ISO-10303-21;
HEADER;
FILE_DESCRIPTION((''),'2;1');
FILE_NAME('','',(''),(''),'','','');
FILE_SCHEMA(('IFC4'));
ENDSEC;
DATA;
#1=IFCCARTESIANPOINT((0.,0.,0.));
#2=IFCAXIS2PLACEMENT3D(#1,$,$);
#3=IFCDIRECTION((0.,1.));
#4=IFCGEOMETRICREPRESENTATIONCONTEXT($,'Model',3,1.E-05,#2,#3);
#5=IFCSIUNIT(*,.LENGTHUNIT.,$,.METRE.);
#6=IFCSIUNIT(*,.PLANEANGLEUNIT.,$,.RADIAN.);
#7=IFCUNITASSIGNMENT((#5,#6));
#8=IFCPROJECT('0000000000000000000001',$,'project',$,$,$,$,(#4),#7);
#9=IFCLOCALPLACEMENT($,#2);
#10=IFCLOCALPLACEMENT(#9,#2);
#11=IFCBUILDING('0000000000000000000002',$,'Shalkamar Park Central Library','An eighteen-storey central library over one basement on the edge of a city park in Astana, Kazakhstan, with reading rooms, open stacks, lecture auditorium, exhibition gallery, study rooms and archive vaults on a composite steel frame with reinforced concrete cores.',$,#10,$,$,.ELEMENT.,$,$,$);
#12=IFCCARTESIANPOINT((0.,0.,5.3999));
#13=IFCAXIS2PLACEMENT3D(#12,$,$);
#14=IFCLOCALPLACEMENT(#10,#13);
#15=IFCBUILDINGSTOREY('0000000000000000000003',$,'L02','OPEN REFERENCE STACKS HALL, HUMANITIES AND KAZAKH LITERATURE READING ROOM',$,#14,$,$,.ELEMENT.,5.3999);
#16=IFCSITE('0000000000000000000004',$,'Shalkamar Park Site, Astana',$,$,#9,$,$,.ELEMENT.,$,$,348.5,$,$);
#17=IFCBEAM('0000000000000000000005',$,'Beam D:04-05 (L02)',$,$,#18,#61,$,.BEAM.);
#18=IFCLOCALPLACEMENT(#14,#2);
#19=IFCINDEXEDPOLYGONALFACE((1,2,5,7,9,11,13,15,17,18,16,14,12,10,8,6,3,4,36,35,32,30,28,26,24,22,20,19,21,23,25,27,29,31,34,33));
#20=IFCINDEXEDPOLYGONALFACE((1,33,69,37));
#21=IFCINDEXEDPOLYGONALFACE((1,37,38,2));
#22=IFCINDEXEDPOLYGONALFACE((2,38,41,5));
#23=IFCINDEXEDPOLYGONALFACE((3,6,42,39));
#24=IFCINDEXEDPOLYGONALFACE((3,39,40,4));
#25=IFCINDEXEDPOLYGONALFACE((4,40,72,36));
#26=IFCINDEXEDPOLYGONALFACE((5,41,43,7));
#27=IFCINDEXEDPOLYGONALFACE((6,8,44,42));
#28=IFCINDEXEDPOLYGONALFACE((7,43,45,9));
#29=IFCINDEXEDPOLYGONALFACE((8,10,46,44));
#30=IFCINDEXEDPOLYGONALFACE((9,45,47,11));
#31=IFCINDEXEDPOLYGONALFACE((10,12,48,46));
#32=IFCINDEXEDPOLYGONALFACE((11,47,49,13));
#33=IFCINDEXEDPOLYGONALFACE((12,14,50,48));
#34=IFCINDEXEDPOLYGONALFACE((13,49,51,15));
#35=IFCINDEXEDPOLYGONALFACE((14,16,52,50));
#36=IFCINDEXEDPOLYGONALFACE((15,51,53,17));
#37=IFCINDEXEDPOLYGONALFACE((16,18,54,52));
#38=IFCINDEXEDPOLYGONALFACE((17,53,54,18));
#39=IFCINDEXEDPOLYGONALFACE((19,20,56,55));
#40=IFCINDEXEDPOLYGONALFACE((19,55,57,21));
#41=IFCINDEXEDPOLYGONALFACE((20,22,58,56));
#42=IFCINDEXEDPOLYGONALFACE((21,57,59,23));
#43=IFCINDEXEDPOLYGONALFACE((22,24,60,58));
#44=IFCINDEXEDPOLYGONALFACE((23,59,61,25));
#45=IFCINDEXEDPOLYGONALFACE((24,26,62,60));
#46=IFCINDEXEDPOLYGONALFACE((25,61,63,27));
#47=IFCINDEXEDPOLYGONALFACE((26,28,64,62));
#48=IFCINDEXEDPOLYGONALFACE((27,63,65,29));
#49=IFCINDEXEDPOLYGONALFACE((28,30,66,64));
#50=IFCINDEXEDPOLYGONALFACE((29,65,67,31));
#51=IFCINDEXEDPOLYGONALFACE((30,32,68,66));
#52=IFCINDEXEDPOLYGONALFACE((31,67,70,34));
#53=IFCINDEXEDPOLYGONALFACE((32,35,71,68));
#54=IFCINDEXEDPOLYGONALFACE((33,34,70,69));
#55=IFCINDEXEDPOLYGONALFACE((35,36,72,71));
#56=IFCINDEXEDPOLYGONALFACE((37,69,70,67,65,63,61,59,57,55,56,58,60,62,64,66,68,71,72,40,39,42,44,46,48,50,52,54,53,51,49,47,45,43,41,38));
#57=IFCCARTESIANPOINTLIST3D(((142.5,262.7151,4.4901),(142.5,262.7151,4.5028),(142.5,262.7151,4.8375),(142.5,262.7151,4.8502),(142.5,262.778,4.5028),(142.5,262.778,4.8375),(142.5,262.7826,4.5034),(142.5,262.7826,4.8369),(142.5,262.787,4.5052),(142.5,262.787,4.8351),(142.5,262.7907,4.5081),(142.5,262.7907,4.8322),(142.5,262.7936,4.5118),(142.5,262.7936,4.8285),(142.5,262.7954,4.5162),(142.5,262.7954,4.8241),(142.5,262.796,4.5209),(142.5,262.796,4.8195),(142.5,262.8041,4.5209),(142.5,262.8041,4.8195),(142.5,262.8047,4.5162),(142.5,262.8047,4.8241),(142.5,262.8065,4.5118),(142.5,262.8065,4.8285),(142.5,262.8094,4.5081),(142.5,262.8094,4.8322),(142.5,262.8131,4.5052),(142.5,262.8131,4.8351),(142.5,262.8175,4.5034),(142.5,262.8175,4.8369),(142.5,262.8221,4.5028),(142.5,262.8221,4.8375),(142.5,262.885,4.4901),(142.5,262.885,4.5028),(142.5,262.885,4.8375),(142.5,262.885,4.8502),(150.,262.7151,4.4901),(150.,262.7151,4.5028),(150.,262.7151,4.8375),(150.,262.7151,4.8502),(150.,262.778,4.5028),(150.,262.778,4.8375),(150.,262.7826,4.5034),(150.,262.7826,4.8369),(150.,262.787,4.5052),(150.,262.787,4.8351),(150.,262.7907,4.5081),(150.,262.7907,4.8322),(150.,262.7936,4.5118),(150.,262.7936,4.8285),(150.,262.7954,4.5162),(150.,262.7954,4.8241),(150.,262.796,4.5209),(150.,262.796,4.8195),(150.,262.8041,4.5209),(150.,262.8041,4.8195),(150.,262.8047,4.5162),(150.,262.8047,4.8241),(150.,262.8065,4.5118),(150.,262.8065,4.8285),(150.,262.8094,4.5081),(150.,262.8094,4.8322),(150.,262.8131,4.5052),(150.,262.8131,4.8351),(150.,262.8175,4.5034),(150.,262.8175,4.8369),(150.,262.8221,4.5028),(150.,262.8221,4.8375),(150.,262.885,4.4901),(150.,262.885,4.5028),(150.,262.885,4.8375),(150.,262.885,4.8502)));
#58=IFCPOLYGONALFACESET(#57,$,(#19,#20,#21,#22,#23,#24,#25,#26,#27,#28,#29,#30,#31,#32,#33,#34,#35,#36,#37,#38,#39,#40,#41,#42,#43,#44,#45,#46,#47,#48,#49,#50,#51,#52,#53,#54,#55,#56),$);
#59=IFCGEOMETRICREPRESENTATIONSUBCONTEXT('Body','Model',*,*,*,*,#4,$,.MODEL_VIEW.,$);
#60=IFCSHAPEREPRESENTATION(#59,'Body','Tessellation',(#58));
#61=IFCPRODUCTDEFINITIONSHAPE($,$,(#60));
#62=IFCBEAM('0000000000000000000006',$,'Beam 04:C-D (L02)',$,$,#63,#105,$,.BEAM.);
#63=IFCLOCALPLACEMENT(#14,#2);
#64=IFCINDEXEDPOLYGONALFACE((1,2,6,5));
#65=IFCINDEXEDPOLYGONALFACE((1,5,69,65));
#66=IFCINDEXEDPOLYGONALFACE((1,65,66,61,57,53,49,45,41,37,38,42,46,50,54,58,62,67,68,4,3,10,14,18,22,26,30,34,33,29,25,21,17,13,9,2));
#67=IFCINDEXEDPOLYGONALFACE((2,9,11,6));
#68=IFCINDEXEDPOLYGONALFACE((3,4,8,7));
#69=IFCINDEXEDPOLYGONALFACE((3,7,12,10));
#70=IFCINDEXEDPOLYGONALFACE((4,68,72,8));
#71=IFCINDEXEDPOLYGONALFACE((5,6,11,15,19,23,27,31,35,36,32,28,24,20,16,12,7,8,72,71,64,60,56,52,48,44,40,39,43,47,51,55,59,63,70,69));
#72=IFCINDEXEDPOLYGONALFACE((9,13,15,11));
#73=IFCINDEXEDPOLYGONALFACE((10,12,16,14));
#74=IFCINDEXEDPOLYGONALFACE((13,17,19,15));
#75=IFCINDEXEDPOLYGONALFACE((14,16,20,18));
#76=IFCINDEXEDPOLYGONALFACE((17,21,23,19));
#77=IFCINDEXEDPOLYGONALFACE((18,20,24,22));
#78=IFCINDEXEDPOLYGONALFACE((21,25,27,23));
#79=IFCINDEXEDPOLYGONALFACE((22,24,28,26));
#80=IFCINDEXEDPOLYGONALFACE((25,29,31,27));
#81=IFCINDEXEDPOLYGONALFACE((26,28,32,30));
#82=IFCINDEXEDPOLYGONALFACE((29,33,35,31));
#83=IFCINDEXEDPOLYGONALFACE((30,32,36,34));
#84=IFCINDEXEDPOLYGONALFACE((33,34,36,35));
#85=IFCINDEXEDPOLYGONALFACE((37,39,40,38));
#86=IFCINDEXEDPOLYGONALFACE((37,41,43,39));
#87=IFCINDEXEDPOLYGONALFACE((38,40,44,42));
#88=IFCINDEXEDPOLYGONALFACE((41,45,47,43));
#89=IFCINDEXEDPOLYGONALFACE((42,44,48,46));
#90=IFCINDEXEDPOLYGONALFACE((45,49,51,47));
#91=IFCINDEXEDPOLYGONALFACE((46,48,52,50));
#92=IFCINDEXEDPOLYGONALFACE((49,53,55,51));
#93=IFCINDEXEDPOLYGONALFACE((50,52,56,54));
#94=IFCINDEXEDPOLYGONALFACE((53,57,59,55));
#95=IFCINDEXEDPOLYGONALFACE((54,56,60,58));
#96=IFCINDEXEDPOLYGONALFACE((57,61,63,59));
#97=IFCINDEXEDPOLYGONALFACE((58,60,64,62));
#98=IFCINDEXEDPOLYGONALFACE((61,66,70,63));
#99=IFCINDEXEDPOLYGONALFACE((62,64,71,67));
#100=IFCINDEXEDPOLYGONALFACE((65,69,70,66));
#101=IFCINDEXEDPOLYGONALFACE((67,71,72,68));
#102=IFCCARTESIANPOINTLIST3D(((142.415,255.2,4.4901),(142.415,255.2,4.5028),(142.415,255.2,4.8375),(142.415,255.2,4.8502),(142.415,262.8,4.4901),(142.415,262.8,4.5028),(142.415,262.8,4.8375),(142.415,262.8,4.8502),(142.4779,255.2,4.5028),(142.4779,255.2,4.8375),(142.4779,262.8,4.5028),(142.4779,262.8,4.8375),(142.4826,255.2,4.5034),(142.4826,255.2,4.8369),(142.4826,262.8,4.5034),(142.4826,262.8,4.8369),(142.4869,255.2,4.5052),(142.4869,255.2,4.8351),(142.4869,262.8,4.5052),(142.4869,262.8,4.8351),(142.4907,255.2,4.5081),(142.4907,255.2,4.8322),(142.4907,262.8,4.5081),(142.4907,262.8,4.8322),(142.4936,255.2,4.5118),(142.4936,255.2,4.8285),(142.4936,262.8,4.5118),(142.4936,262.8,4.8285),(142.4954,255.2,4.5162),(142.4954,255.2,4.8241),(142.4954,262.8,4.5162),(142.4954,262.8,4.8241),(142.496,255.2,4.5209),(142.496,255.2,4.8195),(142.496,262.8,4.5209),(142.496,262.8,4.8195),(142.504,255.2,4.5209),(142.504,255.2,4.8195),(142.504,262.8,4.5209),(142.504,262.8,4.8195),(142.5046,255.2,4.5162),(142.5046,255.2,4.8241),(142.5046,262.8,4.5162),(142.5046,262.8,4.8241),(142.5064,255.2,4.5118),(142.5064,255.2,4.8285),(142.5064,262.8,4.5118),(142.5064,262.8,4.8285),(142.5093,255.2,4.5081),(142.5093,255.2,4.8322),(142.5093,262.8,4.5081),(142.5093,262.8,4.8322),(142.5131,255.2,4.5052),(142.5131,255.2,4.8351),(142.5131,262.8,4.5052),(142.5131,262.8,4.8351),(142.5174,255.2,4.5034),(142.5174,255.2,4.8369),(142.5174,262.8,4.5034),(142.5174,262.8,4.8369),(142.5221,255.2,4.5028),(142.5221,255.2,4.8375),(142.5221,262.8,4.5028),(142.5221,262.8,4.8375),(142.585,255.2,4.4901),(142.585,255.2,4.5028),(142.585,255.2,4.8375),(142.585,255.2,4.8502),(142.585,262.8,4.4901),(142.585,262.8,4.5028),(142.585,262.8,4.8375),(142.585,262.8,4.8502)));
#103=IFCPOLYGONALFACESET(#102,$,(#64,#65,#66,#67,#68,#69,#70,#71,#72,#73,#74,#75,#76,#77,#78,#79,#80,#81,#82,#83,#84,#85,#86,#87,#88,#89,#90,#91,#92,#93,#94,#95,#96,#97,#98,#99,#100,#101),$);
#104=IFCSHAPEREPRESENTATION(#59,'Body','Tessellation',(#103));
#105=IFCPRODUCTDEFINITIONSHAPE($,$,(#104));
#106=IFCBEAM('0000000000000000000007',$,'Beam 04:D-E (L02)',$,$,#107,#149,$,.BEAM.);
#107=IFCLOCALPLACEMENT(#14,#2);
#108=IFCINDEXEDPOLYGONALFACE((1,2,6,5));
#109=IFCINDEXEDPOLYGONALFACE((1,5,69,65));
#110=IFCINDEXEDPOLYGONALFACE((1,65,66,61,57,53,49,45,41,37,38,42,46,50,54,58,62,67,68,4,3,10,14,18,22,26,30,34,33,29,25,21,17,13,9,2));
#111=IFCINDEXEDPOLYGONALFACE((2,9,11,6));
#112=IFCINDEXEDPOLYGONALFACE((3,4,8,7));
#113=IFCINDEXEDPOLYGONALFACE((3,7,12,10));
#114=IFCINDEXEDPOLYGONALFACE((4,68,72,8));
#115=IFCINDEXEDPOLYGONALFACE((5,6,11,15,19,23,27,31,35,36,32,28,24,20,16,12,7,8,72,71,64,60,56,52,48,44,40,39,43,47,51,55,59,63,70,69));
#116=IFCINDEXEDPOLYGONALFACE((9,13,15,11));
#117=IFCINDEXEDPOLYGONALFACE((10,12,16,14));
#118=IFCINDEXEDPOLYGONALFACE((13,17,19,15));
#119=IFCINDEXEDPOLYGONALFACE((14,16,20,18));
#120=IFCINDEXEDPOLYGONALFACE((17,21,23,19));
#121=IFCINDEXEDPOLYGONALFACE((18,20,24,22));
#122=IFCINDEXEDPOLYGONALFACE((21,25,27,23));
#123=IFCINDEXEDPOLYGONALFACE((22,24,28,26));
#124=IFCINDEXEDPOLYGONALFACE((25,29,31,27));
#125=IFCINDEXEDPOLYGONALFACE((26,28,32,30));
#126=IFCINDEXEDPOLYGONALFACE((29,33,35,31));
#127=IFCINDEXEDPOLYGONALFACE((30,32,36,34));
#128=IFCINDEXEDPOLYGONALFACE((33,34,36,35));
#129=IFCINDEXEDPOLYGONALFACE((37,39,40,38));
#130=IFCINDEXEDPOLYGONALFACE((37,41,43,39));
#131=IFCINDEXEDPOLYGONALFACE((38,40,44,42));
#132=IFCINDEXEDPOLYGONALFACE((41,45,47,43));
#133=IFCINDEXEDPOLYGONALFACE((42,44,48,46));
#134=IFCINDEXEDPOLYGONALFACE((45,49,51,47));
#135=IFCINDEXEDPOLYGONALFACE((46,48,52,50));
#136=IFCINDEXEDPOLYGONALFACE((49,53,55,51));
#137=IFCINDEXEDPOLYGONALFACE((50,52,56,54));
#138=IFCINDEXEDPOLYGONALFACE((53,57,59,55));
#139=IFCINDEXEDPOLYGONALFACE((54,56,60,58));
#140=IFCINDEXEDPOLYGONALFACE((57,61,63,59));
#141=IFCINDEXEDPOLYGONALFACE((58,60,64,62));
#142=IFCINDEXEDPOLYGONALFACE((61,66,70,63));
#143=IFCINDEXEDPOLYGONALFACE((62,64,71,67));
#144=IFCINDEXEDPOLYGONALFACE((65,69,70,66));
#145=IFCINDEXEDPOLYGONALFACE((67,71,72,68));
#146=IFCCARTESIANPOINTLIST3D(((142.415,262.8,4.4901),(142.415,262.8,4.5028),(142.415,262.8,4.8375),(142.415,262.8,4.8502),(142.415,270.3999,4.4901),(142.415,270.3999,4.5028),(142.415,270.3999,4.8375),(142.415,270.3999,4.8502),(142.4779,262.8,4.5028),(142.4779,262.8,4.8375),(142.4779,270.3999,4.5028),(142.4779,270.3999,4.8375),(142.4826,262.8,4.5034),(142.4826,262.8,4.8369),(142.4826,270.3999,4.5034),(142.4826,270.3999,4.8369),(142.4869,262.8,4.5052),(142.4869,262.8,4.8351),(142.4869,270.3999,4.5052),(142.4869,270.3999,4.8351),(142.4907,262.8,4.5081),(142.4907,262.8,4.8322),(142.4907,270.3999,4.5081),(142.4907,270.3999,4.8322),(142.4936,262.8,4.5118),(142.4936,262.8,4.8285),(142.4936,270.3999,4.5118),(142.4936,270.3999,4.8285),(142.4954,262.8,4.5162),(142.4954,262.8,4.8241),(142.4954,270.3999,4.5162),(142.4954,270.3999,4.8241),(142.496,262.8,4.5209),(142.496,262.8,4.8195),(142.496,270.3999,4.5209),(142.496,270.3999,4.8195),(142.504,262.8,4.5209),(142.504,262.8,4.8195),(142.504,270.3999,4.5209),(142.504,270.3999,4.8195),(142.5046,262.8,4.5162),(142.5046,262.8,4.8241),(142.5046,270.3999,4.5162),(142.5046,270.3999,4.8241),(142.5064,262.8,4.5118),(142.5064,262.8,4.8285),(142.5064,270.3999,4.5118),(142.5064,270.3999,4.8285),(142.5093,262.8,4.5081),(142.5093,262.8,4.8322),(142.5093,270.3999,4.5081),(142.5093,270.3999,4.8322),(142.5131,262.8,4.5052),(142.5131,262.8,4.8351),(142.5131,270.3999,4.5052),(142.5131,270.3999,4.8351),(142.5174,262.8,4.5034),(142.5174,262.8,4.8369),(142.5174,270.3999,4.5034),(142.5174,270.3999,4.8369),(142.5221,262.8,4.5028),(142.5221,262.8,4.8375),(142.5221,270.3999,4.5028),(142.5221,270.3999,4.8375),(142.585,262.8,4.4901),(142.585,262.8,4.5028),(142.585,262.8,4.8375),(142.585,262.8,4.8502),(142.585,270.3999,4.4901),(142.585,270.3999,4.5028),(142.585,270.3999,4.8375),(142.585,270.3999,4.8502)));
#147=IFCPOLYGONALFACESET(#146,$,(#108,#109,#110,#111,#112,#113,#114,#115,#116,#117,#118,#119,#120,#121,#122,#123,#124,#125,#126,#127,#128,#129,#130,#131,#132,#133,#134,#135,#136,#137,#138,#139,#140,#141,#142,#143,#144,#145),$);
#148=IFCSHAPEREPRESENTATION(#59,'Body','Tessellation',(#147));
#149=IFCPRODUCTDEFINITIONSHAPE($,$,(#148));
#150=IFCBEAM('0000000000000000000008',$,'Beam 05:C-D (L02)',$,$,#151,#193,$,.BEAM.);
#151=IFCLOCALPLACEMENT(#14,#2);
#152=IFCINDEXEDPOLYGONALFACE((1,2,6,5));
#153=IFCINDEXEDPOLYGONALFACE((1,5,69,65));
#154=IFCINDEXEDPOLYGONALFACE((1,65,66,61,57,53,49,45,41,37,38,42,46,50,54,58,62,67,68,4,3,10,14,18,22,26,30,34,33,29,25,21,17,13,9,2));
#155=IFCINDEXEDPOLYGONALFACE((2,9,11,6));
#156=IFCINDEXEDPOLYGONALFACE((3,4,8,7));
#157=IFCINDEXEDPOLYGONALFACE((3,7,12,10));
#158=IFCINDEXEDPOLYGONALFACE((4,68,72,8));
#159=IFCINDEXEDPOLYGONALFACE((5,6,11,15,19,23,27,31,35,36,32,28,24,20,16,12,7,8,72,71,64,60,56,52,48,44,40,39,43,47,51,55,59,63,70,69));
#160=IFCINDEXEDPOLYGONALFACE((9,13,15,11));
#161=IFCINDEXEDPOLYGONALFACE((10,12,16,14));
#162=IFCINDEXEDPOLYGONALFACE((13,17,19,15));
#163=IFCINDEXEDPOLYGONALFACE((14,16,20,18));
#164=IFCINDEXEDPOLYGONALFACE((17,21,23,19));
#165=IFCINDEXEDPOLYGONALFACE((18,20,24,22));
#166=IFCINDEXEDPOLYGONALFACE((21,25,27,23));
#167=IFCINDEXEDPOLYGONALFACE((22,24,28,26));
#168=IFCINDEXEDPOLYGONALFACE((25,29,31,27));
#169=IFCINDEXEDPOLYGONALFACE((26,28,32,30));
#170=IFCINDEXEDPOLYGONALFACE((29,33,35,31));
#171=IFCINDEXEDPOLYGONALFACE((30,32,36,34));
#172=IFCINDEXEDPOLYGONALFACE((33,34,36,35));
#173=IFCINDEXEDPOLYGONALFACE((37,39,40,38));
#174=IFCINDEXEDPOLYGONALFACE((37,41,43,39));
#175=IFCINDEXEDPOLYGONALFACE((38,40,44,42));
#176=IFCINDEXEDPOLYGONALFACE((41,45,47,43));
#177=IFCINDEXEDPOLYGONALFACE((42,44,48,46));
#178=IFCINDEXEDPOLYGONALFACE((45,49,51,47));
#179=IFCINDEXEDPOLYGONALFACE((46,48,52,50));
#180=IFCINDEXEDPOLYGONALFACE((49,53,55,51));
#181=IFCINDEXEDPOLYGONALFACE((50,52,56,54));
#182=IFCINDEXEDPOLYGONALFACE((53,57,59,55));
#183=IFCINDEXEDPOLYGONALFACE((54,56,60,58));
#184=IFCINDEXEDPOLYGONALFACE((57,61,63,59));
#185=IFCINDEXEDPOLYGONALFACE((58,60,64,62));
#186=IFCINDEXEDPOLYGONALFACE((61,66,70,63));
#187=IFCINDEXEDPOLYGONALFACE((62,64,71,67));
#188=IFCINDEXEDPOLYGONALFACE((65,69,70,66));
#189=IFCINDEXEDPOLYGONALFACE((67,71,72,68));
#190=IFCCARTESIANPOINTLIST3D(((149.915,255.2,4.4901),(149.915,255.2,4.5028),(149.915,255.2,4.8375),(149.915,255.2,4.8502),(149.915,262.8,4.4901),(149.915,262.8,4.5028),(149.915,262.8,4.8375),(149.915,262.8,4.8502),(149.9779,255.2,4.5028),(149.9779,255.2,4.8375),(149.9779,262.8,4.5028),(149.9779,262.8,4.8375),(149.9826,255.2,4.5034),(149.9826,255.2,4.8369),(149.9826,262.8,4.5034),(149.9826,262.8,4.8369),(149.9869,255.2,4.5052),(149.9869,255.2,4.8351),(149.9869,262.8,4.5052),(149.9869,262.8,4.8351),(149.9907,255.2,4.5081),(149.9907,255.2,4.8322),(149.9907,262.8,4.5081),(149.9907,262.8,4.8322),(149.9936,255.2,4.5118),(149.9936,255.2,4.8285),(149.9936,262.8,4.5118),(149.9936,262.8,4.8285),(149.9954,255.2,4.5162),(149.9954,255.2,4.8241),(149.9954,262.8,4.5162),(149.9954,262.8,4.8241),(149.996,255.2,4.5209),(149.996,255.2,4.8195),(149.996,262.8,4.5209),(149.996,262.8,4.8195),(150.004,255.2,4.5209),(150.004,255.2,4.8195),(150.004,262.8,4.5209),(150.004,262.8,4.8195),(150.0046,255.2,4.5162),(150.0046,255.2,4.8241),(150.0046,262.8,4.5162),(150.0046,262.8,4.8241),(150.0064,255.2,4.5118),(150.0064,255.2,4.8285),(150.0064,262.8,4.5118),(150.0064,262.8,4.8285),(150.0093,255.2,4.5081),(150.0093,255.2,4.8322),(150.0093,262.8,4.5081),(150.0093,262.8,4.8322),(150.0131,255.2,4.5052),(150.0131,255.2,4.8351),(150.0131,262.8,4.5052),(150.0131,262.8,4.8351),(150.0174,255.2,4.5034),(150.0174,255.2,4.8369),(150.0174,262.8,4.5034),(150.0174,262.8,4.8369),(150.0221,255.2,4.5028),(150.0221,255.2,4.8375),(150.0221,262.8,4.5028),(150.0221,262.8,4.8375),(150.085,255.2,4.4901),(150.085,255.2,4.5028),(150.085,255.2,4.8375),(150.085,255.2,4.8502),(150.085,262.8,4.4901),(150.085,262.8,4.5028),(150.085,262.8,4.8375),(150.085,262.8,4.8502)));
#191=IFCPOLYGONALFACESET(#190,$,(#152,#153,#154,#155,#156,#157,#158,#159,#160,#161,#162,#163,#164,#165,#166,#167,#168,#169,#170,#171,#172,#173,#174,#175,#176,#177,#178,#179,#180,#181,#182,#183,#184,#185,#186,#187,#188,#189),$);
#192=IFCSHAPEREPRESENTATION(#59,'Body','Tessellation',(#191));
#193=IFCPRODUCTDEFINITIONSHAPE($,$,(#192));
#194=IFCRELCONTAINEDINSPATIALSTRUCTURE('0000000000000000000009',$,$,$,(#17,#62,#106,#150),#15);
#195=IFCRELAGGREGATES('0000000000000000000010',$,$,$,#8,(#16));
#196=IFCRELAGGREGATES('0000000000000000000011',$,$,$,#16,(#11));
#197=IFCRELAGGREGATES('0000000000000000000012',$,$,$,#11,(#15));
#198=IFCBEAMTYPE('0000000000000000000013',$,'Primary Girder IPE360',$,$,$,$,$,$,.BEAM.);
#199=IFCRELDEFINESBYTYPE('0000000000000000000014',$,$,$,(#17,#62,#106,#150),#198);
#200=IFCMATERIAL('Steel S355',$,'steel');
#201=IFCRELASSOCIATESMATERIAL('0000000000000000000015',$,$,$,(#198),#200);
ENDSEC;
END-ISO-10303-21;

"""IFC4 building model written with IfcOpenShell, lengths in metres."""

from ifc_helpers import new_model, si_unit, direction, frame, origin, origin_2d, place, context, subcontext, project, spatial, i_section, extrude, material, material_profile, profile_set, type_object, element, save


model = new_model("IFC4")

# Units and contexts
model_context = context("Model", 3, precision=1e-05, world=origin(), true_north=direction((0.0, 1.0)))
body_context = subcontext(model_context, "Body", "Model", "MODEL_VIEW")
ifc_project = project(units=[si_unit("LENGTHUNIT", "METRE"), si_unit("PLANEANGLEUNIT", "RADIAN")], contexts=[model_context])

# Site, building, storey
site_placement = place(None, origin())
site = spatial("IfcSite", under=ifc_project, at=site_placement, Name="Shalkamar Park Site, Astana", CompositionType="ELEMENT", RefElevation=348.5)
building_placement = place(site_placement, origin())
building = spatial("IfcBuilding", under=site, at=building_placement, Name="Shalkamar Park Central Library", Description="An eighteen-storey central library over one basement on the edge of a city park in Astana, Kazakhstan, with reading rooms, open stacks, lecture auditorium, exhibition gallery, study rooms and archive vaults on a composite steel frame with reinforced concrete cores.", CompositionType="ELEMENT")
storey_placement = place(building_placement, frame((0.0, 0.0, 5.3999)))
storey = spatial("IfcBuildingStorey", under=building, at=storey_placement, Name="L02", Description="OPEN REFERENCE STACKS HALL, HUMANITIES AND KAZAKH LITERATURE READING ROOM", CompositionType="ELEMENT", Elevation=5.3999)

# Shared definitions
ifc_material_1 = material(Name="Steel S355", Category="steel")

# Beams
ifc_material_profile_1 = material_profile(ifc_material_1, i_section(OverallWidth=0.1699, OverallDepth=0.3601, WebThickness=0.0081, FlangeThickness=0.0127, FilletRadius=0.0181, at=origin_2d()), Name="IPE 360")
ifc_profile_set_1 = profile_set([ifc_material_profile_1], Name="Steel S355")
beam_type_1 = type_object("IfcBeamType", Name="Primary Girder IPE360", PredefinedType="BEAM", material=ifc_profile_set_1)
for number, where, z_axis, x_axis, name in (
    (1, (142.5, 262.8, 4.6702), (1.0, 0.0, 0.0), (0.0, 1.0, 0.0), "Beam D:04-05 (L02)"),
):
    element("IfcBeam", number, at=place(storey_placement, frame(where, z_axis=z_axis, x_axis=x_axis)), inside=storey, type_object=beam_type_1, Name=name, PredefinedType="BEAM", context=body_context, shape_type="SweptSolid", body=[
        extrude(i_section(OverallWidth=0.1699, OverallDepth=0.3601, WebThickness=0.0081, FlangeThickness=0.0127, FilletRadius=0.0181, at=origin_2d()), origin(), (0.0, 0.0, 1.0), 7.5),
    ])
beam_1_placement = place(storey_placement, frame((142.5, 255.2, 4.6702), z_axis=(0.0, 1.0, 0.0), x_axis=(-1.0, 0.0, 0.0)))
element("IfcBeam", 2, at=beam_1_placement, inside=storey, type_object=beam_type_1, Name="Beam 04:C-D (L02)", PredefinedType="BEAM", context=body_context, shape_type="SweptSolid", body=[
    extrude(i_section(OverallWidth=0.1699, OverallDepth=0.3601, WebThickness=0.0081, FlangeThickness=0.0127, FilletRadius=0.0181, at=origin_2d()), origin(), (0.0, 0.0, 1.0), 7.6001),
])
beam_2_placement = place(storey_placement, frame((142.5, 262.8, 4.6702), z_axis=(0.0, 1.0, 0.0), x_axis=(-1.0, 0.0, 0.0)))
element("IfcBeam", 3, at=beam_2_placement, inside=storey, type_object=beam_type_1, Name="Beam 04:D-E (L02)", PredefinedType="BEAM", context=body_context, shape_type="SweptSolid", body=[
    extrude(i_section(OverallWidth=0.1699, OverallDepth=0.3601, WebThickness=0.0081, FlangeThickness=0.0127, FilletRadius=0.0181, at=origin_2d()), origin(), (0.0, 0.0, 1.0), 7.5999),
])
beam_3_placement = place(storey_placement, frame((150.0, 255.2, 4.6702), z_axis=(0.0, 1.0, 0.0), x_axis=(-1.0, 0.0, 0.0)))
element("IfcBeam", 4, at=beam_3_placement, inside=storey, type_object=beam_type_1, Name="Beam 05:C-D (L02)", PredefinedType="BEAM", context=body_context, shape_type="SweptSolid", body=[
    extrude(i_section(OverallWidth=0.1699, OverallDepth=0.3601, WebThickness=0.0081, FlangeThickness=0.0127, FilletRadius=0.0181, at=origin_2d()), origin(), (0.0, 0.0, 1.0), 7.6001),
])

save(model, "model.ifc")
